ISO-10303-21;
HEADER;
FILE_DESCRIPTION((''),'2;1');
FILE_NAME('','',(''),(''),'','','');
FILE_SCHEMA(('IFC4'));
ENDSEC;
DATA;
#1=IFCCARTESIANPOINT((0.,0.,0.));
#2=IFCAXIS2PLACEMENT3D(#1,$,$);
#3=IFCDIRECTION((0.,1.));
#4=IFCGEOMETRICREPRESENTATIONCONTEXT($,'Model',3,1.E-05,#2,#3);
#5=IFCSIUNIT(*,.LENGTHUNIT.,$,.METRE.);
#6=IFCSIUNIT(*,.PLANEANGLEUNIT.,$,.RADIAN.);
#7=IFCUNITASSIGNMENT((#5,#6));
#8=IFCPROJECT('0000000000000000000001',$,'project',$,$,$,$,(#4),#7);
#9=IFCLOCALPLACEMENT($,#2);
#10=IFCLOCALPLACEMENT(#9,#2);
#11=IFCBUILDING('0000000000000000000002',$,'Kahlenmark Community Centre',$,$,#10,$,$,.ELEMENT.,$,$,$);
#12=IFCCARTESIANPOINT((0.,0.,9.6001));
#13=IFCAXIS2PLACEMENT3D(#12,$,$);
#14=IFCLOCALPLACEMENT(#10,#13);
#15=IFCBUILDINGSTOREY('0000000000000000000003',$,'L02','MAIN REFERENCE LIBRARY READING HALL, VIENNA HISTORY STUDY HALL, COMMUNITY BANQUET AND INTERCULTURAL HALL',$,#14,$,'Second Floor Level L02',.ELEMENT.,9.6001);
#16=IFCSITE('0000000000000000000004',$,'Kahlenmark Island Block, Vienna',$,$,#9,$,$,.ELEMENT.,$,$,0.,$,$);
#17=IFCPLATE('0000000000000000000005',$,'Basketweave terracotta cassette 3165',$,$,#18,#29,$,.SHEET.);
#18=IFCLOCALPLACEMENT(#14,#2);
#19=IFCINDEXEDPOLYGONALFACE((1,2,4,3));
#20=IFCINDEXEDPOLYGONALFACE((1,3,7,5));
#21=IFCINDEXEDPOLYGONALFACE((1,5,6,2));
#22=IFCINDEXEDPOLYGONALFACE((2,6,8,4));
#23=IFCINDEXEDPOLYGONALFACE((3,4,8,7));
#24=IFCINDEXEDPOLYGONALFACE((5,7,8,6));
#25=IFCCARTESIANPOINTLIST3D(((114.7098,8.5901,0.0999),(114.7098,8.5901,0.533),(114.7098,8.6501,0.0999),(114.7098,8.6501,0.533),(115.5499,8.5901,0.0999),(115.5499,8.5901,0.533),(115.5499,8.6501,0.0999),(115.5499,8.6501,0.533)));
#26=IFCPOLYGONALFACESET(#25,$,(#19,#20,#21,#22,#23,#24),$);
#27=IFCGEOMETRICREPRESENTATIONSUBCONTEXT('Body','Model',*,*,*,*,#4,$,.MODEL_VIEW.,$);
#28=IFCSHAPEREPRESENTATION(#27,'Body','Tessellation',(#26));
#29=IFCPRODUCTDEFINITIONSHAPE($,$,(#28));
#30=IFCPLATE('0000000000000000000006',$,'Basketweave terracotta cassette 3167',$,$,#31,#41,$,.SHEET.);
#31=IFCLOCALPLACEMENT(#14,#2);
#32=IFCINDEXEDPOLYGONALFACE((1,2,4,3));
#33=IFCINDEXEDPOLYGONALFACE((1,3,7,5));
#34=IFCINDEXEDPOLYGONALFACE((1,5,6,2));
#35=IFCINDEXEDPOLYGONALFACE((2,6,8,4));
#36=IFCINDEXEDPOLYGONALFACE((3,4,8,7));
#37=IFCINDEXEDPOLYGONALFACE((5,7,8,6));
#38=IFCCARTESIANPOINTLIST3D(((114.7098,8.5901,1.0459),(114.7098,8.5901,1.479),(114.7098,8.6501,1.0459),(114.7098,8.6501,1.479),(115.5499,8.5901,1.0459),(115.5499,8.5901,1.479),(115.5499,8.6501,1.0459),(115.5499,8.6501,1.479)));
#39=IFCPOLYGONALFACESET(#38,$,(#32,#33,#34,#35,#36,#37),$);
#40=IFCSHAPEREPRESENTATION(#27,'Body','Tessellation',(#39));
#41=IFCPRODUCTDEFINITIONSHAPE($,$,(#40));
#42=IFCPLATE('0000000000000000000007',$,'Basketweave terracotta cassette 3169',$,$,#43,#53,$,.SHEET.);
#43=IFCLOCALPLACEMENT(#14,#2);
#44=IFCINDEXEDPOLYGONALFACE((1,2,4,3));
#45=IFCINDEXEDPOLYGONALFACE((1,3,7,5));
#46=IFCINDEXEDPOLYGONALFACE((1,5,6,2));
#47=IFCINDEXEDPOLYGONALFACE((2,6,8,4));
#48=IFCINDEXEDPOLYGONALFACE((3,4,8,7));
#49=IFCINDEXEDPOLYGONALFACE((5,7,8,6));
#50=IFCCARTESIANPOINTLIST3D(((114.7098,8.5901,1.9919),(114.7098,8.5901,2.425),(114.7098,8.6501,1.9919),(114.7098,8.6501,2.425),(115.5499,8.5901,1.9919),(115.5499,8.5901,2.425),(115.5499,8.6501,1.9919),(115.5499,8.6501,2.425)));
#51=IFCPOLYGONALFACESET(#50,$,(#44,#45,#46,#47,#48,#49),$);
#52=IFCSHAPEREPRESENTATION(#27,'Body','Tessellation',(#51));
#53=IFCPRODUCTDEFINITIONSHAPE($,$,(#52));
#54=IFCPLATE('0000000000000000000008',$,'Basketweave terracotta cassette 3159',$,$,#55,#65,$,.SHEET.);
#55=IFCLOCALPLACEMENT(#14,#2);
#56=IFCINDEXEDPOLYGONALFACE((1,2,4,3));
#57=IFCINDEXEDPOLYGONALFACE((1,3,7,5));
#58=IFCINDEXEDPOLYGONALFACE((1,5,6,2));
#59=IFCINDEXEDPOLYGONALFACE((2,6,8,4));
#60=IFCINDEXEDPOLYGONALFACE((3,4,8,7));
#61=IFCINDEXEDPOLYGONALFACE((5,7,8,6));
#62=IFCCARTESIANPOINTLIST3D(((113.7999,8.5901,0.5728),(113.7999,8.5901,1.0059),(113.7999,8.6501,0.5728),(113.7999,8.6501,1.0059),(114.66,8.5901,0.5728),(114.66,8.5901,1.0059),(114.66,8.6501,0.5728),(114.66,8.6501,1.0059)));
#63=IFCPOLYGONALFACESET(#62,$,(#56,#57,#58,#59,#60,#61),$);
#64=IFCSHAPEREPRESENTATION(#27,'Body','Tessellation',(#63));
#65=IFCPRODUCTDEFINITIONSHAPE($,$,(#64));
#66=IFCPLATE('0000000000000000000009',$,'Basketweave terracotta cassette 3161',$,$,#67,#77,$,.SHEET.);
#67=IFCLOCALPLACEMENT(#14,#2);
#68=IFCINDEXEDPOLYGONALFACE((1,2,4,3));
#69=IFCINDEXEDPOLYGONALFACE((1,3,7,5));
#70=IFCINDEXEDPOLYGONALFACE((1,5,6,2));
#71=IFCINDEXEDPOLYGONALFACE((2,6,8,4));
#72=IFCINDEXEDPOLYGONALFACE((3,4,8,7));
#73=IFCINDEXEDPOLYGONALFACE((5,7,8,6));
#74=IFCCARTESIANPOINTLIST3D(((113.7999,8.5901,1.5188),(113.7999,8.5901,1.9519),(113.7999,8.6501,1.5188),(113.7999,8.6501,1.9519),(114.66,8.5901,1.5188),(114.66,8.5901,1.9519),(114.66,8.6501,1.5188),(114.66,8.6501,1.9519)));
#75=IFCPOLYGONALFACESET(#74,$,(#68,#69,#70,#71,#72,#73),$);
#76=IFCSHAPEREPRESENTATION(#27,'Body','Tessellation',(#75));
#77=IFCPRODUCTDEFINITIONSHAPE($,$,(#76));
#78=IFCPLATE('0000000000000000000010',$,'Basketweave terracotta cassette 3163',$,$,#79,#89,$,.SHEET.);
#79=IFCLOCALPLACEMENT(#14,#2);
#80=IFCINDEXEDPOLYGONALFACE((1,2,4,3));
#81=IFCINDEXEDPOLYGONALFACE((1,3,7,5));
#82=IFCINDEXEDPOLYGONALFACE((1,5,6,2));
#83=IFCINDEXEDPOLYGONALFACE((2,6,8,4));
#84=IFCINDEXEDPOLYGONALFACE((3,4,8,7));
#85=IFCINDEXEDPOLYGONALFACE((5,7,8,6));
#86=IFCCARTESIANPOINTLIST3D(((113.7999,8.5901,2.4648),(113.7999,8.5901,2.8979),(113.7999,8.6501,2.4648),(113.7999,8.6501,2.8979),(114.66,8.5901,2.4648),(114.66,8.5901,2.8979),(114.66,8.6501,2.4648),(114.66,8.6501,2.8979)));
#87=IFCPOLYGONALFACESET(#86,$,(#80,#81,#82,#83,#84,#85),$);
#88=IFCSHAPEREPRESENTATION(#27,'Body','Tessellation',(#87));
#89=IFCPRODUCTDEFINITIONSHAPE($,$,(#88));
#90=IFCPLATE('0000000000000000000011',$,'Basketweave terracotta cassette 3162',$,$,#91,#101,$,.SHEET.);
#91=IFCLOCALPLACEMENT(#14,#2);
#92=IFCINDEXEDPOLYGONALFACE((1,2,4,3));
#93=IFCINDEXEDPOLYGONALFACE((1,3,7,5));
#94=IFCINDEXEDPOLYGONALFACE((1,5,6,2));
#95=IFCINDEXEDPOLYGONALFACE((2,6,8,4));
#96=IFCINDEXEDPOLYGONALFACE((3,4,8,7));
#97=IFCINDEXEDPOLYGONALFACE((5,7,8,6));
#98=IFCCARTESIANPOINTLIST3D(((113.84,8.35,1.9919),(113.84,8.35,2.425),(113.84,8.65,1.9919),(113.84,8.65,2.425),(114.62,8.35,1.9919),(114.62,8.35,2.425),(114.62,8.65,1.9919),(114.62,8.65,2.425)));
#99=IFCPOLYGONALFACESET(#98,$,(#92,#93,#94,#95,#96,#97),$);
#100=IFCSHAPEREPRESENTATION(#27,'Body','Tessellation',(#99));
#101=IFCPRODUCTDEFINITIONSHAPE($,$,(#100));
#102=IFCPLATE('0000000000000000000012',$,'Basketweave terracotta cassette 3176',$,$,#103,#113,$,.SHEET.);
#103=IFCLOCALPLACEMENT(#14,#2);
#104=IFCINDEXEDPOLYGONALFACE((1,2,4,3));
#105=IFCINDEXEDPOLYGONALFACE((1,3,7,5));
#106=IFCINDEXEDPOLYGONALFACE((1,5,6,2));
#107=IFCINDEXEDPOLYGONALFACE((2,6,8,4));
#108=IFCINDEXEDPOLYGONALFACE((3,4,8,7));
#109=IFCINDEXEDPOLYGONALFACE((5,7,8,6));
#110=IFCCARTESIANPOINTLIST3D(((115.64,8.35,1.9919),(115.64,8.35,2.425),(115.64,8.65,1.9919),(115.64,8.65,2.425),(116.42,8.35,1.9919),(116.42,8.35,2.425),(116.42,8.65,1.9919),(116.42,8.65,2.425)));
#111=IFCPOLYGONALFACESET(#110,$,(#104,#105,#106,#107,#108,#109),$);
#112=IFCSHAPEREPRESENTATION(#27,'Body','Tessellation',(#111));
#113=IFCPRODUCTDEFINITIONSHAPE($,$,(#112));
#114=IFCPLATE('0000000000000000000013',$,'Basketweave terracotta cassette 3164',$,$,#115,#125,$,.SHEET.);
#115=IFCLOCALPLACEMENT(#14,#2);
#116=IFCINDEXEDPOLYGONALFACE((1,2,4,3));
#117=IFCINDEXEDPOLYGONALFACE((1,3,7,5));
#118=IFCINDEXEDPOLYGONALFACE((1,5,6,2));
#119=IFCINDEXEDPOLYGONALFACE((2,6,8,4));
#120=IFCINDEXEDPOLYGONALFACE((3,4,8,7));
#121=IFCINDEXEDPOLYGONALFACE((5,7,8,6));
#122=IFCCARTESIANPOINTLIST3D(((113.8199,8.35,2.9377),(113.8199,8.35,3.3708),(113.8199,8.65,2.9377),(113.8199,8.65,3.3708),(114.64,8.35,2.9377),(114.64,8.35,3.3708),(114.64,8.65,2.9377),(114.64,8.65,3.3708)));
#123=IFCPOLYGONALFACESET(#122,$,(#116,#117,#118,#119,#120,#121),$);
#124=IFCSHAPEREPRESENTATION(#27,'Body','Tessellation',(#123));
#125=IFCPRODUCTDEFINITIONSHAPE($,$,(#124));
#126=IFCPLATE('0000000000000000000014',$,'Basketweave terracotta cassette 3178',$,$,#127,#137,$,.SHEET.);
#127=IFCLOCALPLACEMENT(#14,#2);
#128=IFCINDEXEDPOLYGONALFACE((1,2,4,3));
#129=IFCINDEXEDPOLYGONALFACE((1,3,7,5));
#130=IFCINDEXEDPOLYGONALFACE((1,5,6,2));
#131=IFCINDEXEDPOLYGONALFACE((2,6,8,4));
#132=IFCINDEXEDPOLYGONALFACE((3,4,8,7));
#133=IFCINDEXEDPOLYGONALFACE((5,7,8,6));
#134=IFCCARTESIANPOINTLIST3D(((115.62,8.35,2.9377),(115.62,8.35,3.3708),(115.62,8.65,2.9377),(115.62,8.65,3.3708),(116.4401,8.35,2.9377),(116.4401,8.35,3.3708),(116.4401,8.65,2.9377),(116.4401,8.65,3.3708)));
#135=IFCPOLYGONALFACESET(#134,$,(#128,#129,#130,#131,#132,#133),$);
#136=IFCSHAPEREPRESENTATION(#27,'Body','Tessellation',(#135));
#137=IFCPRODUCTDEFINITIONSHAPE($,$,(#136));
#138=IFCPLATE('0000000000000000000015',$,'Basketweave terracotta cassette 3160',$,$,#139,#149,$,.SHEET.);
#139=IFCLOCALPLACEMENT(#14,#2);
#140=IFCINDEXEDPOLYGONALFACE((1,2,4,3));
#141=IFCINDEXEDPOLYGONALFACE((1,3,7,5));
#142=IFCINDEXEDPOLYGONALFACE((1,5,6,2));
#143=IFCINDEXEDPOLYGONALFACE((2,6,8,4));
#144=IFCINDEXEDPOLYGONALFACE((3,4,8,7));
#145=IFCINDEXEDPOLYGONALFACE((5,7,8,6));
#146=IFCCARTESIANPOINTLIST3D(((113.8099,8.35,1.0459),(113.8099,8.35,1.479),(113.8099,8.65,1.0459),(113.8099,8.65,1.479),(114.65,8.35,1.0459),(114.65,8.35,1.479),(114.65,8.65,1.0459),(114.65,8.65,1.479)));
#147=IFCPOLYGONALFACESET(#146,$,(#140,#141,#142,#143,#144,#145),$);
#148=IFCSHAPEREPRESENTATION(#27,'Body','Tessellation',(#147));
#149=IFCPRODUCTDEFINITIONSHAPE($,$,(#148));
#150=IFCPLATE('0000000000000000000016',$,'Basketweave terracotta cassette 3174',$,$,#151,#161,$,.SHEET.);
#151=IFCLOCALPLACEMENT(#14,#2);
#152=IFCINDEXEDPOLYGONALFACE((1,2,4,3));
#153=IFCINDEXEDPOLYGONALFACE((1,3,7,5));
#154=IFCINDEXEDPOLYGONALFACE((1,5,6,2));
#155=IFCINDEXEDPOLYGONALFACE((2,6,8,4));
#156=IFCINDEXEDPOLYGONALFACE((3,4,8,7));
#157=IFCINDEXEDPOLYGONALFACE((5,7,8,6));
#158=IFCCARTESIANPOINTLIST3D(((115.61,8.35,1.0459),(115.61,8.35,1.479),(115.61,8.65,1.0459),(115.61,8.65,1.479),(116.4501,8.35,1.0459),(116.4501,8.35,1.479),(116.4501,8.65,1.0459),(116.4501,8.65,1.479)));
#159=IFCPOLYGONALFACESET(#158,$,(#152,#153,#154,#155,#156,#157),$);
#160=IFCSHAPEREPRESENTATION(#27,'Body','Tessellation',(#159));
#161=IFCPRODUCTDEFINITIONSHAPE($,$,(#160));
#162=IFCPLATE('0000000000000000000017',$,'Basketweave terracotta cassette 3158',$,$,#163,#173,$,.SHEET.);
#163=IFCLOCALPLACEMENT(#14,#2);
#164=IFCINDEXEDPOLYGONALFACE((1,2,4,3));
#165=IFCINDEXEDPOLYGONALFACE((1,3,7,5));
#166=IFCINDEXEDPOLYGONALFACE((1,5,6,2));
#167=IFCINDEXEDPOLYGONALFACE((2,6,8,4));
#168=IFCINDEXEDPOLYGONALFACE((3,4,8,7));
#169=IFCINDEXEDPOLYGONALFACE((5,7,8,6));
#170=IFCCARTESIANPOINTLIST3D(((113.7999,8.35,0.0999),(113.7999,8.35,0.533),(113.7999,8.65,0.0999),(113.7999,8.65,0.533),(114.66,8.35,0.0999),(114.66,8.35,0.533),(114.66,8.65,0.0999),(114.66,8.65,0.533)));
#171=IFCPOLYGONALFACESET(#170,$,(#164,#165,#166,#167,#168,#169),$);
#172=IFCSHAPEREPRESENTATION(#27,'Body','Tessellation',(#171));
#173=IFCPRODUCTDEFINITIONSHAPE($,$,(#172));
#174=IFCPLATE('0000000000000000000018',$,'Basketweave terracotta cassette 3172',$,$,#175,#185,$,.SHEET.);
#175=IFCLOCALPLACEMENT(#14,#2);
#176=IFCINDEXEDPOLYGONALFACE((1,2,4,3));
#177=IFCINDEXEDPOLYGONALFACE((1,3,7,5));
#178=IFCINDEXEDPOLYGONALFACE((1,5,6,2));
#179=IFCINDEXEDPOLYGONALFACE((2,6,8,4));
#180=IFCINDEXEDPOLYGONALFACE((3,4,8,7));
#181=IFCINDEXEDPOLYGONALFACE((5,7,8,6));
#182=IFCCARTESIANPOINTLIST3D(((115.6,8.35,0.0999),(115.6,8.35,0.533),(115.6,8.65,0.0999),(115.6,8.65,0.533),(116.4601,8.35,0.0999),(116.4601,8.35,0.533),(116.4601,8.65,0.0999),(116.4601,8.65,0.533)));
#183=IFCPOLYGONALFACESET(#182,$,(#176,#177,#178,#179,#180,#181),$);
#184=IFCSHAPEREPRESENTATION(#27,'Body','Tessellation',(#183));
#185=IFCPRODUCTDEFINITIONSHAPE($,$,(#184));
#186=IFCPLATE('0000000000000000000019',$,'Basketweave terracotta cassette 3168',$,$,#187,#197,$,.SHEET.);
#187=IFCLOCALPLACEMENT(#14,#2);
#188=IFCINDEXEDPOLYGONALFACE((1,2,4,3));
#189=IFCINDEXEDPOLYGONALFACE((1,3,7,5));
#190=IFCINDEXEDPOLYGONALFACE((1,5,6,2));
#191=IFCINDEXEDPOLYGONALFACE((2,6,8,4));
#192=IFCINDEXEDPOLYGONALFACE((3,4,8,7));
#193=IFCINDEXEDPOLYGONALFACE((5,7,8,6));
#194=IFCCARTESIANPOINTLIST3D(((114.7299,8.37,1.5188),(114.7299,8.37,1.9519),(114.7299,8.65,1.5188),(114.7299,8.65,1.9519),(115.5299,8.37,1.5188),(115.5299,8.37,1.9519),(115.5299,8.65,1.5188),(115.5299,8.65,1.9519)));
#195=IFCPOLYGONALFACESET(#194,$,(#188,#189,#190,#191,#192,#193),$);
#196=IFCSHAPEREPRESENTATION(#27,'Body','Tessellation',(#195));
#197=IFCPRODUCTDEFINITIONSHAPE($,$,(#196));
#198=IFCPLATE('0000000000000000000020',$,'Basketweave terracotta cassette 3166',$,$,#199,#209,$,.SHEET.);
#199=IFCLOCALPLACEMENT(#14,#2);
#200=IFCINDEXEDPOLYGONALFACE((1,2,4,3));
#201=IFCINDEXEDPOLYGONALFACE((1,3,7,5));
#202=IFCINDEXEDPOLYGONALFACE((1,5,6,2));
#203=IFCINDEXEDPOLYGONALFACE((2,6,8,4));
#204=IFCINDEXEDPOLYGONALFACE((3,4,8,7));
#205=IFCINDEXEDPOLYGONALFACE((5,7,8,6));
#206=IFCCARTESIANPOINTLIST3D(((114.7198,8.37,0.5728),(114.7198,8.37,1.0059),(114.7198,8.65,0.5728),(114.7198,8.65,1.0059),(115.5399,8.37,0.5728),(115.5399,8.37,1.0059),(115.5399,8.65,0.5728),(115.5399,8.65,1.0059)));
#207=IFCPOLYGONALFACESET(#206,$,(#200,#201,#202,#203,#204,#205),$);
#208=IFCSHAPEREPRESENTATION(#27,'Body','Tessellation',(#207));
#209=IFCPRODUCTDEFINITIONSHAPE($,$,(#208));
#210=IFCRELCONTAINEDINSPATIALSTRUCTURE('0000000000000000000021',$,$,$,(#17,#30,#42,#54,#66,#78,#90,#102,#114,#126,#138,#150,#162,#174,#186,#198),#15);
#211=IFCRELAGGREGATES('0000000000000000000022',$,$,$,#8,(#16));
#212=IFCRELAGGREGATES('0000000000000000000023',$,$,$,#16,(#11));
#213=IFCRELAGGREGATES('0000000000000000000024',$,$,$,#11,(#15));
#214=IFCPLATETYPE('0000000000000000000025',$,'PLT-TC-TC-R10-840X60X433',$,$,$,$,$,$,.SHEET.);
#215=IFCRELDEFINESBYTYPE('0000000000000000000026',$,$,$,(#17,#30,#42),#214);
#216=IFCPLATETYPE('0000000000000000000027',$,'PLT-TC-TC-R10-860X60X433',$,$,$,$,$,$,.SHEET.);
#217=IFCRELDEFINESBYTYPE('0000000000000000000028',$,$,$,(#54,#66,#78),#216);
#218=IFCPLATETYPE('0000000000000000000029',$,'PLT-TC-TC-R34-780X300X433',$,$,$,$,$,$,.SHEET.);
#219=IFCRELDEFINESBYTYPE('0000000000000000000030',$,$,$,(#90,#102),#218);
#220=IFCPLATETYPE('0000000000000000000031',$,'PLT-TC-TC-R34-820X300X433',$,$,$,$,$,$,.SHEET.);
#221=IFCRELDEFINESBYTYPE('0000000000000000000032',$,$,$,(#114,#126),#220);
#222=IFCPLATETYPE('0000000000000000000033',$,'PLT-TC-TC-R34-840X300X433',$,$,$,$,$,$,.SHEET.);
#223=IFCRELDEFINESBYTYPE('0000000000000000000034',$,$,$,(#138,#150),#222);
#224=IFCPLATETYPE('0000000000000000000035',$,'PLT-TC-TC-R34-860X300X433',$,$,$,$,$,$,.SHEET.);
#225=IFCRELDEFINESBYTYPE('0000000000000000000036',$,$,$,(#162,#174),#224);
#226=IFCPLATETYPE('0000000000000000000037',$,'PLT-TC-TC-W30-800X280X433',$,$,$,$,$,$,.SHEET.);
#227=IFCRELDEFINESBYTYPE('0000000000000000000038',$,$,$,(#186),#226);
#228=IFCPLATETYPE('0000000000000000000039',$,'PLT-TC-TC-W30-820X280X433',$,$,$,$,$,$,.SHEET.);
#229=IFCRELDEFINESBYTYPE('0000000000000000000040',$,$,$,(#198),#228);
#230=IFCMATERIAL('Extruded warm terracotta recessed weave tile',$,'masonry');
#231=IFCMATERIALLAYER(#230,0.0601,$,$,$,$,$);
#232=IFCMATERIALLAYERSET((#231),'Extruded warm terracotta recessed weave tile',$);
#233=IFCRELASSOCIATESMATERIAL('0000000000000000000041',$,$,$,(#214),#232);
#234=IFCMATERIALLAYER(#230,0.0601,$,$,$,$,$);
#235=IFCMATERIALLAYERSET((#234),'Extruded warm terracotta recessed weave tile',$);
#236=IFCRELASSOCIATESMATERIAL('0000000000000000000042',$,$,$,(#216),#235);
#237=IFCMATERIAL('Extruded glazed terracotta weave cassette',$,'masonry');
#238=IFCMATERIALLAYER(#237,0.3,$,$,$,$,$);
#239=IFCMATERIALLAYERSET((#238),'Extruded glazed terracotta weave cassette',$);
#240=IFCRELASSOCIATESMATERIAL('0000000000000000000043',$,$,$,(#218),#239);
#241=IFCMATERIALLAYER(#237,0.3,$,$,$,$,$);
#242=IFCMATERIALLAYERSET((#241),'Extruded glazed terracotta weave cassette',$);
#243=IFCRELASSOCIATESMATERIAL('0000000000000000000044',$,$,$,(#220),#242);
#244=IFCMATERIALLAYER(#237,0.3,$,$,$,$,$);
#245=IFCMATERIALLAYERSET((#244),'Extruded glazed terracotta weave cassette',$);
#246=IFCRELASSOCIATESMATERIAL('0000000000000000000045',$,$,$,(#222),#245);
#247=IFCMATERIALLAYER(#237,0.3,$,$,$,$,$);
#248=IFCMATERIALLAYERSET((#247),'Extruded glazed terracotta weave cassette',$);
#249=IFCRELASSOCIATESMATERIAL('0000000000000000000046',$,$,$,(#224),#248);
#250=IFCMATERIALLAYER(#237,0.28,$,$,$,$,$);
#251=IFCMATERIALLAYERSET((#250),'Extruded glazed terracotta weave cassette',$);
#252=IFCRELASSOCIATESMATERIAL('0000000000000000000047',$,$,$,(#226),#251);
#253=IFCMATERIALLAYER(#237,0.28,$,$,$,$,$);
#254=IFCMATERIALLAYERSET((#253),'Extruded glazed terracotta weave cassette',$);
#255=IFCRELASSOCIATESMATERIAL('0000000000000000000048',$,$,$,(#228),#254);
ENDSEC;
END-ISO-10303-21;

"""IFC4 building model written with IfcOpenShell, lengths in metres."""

from ifc_helpers import new_model, si_unit, direction, frame, origin, origin_2d, place, context, subcontext, project, spatial, rectangle, extrude, material, layer, layer_set, type_object, element, save


model = new_model("IFC4")

# Units and contexts
model_context = context("Model", 3, precision=1e-05, world=origin(), true_north=direction((0.0, 1.0)))
body_context = subcontext(model_context, "Body", "Model", "MODEL_VIEW")
ifc_project = project(units=[si_unit("LENGTHUNIT", "METRE"), si_unit("PLANEANGLEUNIT", "RADIAN")], contexts=[model_context])

# Site, building, storey
site_placement = place(None, origin())
site = spatial("IfcSite", under=ifc_project, at=site_placement, Name="Kahlenmark Island Block, Vienna", CompositionType="ELEMENT", RefElevation=0.0)
building_placement = place(site_placement, origin())
building = spatial("IfcBuilding", under=site, at=building_placement, Name="Kahlenmark Community Centre", CompositionType="ELEMENT")
storey_placement = place(building_placement, frame((0.0, 0.0, 9.6001)))
storey = spatial("IfcBuildingStorey", under=building, at=storey_placement, Name="L02", Description="MAIN REFERENCE LIBRARY READING HALL, VIENNA HISTORY STUDY HALL, COMMUNITY BANQUET AND INTERCULTURAL HALL", LongName="Second Floor Level L02", CompositionType="ELEMENT", Elevation=9.6001)

# Plates
ifc_material_1 = material(Name="Extruded warm terracotta recessed weave tile", Category="masonry")
ifc_layer_1 = layer(ifc_material_1, 0.0601)
ifc_layer_set_1 = layer_set([ifc_layer_1], Name="Extruded warm terracotta recessed weave tile")
plate_type_1 = type_object("IfcPlateType", Name="PLT-TC-TC-R10-840X60X433", PredefinedType="SHEET", material=ifc_layer_set_1)
for number, where, z_axis, x_axis, name in (
    (1, (115.1299, 8.6201, 0.0999), (0.0, 0.0, 1.0), (1.0, 0.0, 0.0), "Basketweave terracotta cassette 3165"),
    (2, (115.1299, 8.6201, 1.0459), (0.0, 0.0, 1.0), (1.0, 0.0, 0.0), "Basketweave terracotta cassette 3167"),
    (3, (115.1299, 8.6201, 1.9919), (0.0, 0.0, 1.0), (1.0, 0.0, 0.0), "Basketweave terracotta cassette 3169"),
):
    element("IfcPlate", number, at=place(storey_placement, frame(where, z_axis=z_axis, x_axis=x_axis)), inside=storey, type_object=plate_type_1, Name=name, PredefinedType="SHEET", context=body_context, shape_type="SweptSolid", body=[
        extrude(rectangle(XDim=0.8401, YDim=0.0601, at=origin_2d()), origin(), (0.0, 0.0, 1.0), 0.4331),
    ])
ifc_layer_2 = layer(ifc_material_1, 0.0601)
ifc_layer_set_2 = layer_set([ifc_layer_2], Name="Extruded warm terracotta recessed weave tile")
plate_type_2 = type_object("IfcPlateType", Name="PLT-TC-TC-R10-860X60X433", PredefinedType="SHEET", material=ifc_layer_set_2)
for number, where, z_axis, x_axis, name in (
    (4, (114.23, 8.6201, 0.5728), (0.0, 0.0, 1.0), (1.0, 0.0, 0.0), "Basketweave terracotta cassette 3159"),
    (5, (114.23, 8.6201, 1.5188), (0.0, 0.0, 1.0), (1.0, 0.0, 0.0), "Basketweave terracotta cassette 3161"),
    (6, (114.23, 8.6201, 2.4648), (0.0, 0.0, 1.0), (1.0, 0.0, 0.0), "Basketweave terracotta cassette 3163"),
):
    element("IfcPlate", number, at=place(storey_placement, frame(where, z_axis=z_axis, x_axis=x_axis)), inside=storey, type_object=plate_type_2, Name=name, PredefinedType="SHEET", context=body_context, shape_type="SweptSolid", body=[
        extrude(rectangle(XDim=0.8601, YDim=0.0601, at=origin_2d()), origin(), (0.0, 0.0, 1.0), 0.4331),
    ])
ifc_material_2 = material(Name="Extruded glazed terracotta weave cassette", Category="masonry")
ifc_layer_3 = layer(ifc_material_2, 0.3)
ifc_layer_set_3 = layer_set([ifc_layer_3], Name="Extruded glazed terracotta weave cassette")
plate_type_3 = type_object("IfcPlateType", Name="PLT-TC-TC-R34-780X300X433", PredefinedType="SHEET", material=ifc_layer_set_3)
for number, where, z_axis, x_axis, name in (
    (7, (114.23, 8.5, 1.9919), (0.0, 0.0, 1.0), (1.0, 0.0, 0.0), "Basketweave terracotta cassette 3162"),
    (8, (116.03, 8.5, 1.9919), (0.0, 0.0, 1.0), (1.0, 0.0, 0.0), "Basketweave terracotta cassette 3176"),
):
    element("IfcPlate", number, at=place(storey_placement, frame(where, z_axis=z_axis, x_axis=x_axis)), inside=storey, type_object=plate_type_3, Name=name, PredefinedType="SHEET", context=body_context, shape_type="SweptSolid", body=[
        extrude(rectangle(XDim=0.78, YDim=0.3, at=origin_2d()), origin(), (0.0, 0.0, 1.0), 0.4331),
    ])
ifc_layer_4 = layer(ifc_material_2, 0.3)
ifc_layer_set_4 = layer_set([ifc_layer_4], Name="Extruded glazed terracotta weave cassette")
plate_type_4 = type_object("IfcPlateType", Name="PLT-TC-TC-R34-820X300X433", PredefinedType="SHEET", material=ifc_layer_set_4)
for number, where, z_axis, x_axis, name in (
    (9, (114.23, 8.5, 2.9377), (0.0, 0.0, 1.0), (1.0, 0.0, 0.0), "Basketweave terracotta cassette 3164"),
    (10, (116.03, 8.5, 2.9377), (0.0, 0.0, 1.0), (1.0, 0.0, 0.0), "Basketweave terracotta cassette 3178"),
):
    element("IfcPlate", number, at=place(storey_placement, frame(where, z_axis=z_axis, x_axis=x_axis)), inside=storey, type_object=plate_type_4, Name=name, PredefinedType="SHEET", context=body_context, shape_type="SweptSolid", body=[
        extrude(rectangle(XDim=0.8201, YDim=0.3, at=origin_2d()), origin(), (0.0, 0.0, 1.0), 0.4331),
    ])
ifc_layer_5 = layer(ifc_material_2, 0.3)
ifc_layer_set_5 = layer_set([ifc_layer_5], Name="Extruded glazed terracotta weave cassette")
plate_type_5 = type_object("IfcPlateType", Name="PLT-TC-TC-R34-840X300X433", PredefinedType="SHEET", material=ifc_layer_set_5)
for number, where, z_axis, x_axis, name in (
    (11, (114.23, 8.5, 1.0459), (0.0, 0.0, 1.0), (1.0, 0.0, 0.0), "Basketweave terracotta cassette 3160"),
    (12, (116.03, 8.5, 1.0459), (0.0, 0.0, 1.0), (1.0, 0.0, 0.0), "Basketweave terracotta cassette 3174"),
):
    element("IfcPlate", number, at=place(storey_placement, frame(where, z_axis=z_axis, x_axis=x_axis)), inside=storey, type_object=plate_type_5, Name=name, PredefinedType="SHEET", context=body_context, shape_type="SweptSolid", body=[
        extrude(rectangle(XDim=0.8401, YDim=0.3, at=origin_2d()), origin(), (0.0, 0.0, 1.0), 0.4331),
    ])
ifc_layer_6 = layer(ifc_material_2, 0.3)
ifc_layer_set_6 = layer_set([ifc_layer_6], Name="Extruded glazed terracotta weave cassette")
plate_type_6 = type_object("IfcPlateType", Name="PLT-TC-TC-R34-860X300X433", PredefinedType="SHEET", material=ifc_layer_set_6)
for number, where, z_axis, x_axis, name in (
    (13, (114.23, 8.5, 0.0999), (0.0, 0.0, 1.0), (1.0, 0.0, 0.0), "Basketweave terracotta cassette 3158"),
    (14, (116.03, 8.5, 0.0999), (0.0, 0.0, 1.0), (1.0, 0.0, 0.0), "Basketweave terracotta cassette 3172"),
):
    element("IfcPlate", number, at=place(storey_placement, frame(where, z_axis=z_axis, x_axis=x_axis)), inside=storey, type_object=plate_type_6, Name=name, PredefinedType="SHEET", context=body_context, shape_type="SweptSolid", body=[
        extrude(rectangle(XDim=0.8601, YDim=0.3, at=origin_2d()), origin(), (0.0, 0.0, 1.0), 0.4331),
    ])
ifc_layer_7 = layer(ifc_material_2, 0.28)
ifc_layer_set_7 = layer_set([ifc_layer_7], Name="Extruded glazed terracotta weave cassette")
plate_type_7 = type_object("IfcPlateType", Name="PLT-TC-TC-W30-800X280X433", PredefinedType="SHEET", material=ifc_layer_set_7)
plate_1_placement = place(storey_placement, frame((115.1299, 8.51, 1.5188), z_axis=(0.0, 0.0, 1.0), x_axis=(1.0, 0.0, 0.0)))
element("IfcPlate", 15, at=plate_1_placement, inside=storey, type_object=plate_type_7, Name="Basketweave terracotta cassette 3168", PredefinedType="SHEET", context=body_context, shape_type="SweptSolid", body=[
    extrude(rectangle(XDim=0.8, YDim=0.28, at=origin_2d()), origin(), (0.0, 0.0, 1.0), 0.4331),
])
ifc_layer_8 = layer(ifc_material_2, 0.28)
ifc_layer_set_8 = layer_set([ifc_layer_8], Name="Extruded glazed terracotta weave cassette")
plate_type_8 = type_object("IfcPlateType", Name="PLT-TC-TC-W30-820X280X433", PredefinedType="SHEET", material=ifc_layer_set_8)
plate_2_placement = place(storey_placement, frame((115.1299, 8.51, 0.5728), z_axis=(0.0, 0.0, 1.0), x_axis=(1.0, 0.0, 0.0)))
element("IfcPlate", 16, at=plate_2_placement, inside=storey, type_object=plate_type_8, Name="Basketweave terracotta cassette 3166", PredefinedType="SHEET", context=body_context, shape_type="SweptSolid", body=[
    extrude(rectangle(XDim=0.8201, YDim=0.28, at=origin_2d()), origin(), (0.0, 0.0, 1.0), 0.4331),
])

save(model, "model.ifc")
